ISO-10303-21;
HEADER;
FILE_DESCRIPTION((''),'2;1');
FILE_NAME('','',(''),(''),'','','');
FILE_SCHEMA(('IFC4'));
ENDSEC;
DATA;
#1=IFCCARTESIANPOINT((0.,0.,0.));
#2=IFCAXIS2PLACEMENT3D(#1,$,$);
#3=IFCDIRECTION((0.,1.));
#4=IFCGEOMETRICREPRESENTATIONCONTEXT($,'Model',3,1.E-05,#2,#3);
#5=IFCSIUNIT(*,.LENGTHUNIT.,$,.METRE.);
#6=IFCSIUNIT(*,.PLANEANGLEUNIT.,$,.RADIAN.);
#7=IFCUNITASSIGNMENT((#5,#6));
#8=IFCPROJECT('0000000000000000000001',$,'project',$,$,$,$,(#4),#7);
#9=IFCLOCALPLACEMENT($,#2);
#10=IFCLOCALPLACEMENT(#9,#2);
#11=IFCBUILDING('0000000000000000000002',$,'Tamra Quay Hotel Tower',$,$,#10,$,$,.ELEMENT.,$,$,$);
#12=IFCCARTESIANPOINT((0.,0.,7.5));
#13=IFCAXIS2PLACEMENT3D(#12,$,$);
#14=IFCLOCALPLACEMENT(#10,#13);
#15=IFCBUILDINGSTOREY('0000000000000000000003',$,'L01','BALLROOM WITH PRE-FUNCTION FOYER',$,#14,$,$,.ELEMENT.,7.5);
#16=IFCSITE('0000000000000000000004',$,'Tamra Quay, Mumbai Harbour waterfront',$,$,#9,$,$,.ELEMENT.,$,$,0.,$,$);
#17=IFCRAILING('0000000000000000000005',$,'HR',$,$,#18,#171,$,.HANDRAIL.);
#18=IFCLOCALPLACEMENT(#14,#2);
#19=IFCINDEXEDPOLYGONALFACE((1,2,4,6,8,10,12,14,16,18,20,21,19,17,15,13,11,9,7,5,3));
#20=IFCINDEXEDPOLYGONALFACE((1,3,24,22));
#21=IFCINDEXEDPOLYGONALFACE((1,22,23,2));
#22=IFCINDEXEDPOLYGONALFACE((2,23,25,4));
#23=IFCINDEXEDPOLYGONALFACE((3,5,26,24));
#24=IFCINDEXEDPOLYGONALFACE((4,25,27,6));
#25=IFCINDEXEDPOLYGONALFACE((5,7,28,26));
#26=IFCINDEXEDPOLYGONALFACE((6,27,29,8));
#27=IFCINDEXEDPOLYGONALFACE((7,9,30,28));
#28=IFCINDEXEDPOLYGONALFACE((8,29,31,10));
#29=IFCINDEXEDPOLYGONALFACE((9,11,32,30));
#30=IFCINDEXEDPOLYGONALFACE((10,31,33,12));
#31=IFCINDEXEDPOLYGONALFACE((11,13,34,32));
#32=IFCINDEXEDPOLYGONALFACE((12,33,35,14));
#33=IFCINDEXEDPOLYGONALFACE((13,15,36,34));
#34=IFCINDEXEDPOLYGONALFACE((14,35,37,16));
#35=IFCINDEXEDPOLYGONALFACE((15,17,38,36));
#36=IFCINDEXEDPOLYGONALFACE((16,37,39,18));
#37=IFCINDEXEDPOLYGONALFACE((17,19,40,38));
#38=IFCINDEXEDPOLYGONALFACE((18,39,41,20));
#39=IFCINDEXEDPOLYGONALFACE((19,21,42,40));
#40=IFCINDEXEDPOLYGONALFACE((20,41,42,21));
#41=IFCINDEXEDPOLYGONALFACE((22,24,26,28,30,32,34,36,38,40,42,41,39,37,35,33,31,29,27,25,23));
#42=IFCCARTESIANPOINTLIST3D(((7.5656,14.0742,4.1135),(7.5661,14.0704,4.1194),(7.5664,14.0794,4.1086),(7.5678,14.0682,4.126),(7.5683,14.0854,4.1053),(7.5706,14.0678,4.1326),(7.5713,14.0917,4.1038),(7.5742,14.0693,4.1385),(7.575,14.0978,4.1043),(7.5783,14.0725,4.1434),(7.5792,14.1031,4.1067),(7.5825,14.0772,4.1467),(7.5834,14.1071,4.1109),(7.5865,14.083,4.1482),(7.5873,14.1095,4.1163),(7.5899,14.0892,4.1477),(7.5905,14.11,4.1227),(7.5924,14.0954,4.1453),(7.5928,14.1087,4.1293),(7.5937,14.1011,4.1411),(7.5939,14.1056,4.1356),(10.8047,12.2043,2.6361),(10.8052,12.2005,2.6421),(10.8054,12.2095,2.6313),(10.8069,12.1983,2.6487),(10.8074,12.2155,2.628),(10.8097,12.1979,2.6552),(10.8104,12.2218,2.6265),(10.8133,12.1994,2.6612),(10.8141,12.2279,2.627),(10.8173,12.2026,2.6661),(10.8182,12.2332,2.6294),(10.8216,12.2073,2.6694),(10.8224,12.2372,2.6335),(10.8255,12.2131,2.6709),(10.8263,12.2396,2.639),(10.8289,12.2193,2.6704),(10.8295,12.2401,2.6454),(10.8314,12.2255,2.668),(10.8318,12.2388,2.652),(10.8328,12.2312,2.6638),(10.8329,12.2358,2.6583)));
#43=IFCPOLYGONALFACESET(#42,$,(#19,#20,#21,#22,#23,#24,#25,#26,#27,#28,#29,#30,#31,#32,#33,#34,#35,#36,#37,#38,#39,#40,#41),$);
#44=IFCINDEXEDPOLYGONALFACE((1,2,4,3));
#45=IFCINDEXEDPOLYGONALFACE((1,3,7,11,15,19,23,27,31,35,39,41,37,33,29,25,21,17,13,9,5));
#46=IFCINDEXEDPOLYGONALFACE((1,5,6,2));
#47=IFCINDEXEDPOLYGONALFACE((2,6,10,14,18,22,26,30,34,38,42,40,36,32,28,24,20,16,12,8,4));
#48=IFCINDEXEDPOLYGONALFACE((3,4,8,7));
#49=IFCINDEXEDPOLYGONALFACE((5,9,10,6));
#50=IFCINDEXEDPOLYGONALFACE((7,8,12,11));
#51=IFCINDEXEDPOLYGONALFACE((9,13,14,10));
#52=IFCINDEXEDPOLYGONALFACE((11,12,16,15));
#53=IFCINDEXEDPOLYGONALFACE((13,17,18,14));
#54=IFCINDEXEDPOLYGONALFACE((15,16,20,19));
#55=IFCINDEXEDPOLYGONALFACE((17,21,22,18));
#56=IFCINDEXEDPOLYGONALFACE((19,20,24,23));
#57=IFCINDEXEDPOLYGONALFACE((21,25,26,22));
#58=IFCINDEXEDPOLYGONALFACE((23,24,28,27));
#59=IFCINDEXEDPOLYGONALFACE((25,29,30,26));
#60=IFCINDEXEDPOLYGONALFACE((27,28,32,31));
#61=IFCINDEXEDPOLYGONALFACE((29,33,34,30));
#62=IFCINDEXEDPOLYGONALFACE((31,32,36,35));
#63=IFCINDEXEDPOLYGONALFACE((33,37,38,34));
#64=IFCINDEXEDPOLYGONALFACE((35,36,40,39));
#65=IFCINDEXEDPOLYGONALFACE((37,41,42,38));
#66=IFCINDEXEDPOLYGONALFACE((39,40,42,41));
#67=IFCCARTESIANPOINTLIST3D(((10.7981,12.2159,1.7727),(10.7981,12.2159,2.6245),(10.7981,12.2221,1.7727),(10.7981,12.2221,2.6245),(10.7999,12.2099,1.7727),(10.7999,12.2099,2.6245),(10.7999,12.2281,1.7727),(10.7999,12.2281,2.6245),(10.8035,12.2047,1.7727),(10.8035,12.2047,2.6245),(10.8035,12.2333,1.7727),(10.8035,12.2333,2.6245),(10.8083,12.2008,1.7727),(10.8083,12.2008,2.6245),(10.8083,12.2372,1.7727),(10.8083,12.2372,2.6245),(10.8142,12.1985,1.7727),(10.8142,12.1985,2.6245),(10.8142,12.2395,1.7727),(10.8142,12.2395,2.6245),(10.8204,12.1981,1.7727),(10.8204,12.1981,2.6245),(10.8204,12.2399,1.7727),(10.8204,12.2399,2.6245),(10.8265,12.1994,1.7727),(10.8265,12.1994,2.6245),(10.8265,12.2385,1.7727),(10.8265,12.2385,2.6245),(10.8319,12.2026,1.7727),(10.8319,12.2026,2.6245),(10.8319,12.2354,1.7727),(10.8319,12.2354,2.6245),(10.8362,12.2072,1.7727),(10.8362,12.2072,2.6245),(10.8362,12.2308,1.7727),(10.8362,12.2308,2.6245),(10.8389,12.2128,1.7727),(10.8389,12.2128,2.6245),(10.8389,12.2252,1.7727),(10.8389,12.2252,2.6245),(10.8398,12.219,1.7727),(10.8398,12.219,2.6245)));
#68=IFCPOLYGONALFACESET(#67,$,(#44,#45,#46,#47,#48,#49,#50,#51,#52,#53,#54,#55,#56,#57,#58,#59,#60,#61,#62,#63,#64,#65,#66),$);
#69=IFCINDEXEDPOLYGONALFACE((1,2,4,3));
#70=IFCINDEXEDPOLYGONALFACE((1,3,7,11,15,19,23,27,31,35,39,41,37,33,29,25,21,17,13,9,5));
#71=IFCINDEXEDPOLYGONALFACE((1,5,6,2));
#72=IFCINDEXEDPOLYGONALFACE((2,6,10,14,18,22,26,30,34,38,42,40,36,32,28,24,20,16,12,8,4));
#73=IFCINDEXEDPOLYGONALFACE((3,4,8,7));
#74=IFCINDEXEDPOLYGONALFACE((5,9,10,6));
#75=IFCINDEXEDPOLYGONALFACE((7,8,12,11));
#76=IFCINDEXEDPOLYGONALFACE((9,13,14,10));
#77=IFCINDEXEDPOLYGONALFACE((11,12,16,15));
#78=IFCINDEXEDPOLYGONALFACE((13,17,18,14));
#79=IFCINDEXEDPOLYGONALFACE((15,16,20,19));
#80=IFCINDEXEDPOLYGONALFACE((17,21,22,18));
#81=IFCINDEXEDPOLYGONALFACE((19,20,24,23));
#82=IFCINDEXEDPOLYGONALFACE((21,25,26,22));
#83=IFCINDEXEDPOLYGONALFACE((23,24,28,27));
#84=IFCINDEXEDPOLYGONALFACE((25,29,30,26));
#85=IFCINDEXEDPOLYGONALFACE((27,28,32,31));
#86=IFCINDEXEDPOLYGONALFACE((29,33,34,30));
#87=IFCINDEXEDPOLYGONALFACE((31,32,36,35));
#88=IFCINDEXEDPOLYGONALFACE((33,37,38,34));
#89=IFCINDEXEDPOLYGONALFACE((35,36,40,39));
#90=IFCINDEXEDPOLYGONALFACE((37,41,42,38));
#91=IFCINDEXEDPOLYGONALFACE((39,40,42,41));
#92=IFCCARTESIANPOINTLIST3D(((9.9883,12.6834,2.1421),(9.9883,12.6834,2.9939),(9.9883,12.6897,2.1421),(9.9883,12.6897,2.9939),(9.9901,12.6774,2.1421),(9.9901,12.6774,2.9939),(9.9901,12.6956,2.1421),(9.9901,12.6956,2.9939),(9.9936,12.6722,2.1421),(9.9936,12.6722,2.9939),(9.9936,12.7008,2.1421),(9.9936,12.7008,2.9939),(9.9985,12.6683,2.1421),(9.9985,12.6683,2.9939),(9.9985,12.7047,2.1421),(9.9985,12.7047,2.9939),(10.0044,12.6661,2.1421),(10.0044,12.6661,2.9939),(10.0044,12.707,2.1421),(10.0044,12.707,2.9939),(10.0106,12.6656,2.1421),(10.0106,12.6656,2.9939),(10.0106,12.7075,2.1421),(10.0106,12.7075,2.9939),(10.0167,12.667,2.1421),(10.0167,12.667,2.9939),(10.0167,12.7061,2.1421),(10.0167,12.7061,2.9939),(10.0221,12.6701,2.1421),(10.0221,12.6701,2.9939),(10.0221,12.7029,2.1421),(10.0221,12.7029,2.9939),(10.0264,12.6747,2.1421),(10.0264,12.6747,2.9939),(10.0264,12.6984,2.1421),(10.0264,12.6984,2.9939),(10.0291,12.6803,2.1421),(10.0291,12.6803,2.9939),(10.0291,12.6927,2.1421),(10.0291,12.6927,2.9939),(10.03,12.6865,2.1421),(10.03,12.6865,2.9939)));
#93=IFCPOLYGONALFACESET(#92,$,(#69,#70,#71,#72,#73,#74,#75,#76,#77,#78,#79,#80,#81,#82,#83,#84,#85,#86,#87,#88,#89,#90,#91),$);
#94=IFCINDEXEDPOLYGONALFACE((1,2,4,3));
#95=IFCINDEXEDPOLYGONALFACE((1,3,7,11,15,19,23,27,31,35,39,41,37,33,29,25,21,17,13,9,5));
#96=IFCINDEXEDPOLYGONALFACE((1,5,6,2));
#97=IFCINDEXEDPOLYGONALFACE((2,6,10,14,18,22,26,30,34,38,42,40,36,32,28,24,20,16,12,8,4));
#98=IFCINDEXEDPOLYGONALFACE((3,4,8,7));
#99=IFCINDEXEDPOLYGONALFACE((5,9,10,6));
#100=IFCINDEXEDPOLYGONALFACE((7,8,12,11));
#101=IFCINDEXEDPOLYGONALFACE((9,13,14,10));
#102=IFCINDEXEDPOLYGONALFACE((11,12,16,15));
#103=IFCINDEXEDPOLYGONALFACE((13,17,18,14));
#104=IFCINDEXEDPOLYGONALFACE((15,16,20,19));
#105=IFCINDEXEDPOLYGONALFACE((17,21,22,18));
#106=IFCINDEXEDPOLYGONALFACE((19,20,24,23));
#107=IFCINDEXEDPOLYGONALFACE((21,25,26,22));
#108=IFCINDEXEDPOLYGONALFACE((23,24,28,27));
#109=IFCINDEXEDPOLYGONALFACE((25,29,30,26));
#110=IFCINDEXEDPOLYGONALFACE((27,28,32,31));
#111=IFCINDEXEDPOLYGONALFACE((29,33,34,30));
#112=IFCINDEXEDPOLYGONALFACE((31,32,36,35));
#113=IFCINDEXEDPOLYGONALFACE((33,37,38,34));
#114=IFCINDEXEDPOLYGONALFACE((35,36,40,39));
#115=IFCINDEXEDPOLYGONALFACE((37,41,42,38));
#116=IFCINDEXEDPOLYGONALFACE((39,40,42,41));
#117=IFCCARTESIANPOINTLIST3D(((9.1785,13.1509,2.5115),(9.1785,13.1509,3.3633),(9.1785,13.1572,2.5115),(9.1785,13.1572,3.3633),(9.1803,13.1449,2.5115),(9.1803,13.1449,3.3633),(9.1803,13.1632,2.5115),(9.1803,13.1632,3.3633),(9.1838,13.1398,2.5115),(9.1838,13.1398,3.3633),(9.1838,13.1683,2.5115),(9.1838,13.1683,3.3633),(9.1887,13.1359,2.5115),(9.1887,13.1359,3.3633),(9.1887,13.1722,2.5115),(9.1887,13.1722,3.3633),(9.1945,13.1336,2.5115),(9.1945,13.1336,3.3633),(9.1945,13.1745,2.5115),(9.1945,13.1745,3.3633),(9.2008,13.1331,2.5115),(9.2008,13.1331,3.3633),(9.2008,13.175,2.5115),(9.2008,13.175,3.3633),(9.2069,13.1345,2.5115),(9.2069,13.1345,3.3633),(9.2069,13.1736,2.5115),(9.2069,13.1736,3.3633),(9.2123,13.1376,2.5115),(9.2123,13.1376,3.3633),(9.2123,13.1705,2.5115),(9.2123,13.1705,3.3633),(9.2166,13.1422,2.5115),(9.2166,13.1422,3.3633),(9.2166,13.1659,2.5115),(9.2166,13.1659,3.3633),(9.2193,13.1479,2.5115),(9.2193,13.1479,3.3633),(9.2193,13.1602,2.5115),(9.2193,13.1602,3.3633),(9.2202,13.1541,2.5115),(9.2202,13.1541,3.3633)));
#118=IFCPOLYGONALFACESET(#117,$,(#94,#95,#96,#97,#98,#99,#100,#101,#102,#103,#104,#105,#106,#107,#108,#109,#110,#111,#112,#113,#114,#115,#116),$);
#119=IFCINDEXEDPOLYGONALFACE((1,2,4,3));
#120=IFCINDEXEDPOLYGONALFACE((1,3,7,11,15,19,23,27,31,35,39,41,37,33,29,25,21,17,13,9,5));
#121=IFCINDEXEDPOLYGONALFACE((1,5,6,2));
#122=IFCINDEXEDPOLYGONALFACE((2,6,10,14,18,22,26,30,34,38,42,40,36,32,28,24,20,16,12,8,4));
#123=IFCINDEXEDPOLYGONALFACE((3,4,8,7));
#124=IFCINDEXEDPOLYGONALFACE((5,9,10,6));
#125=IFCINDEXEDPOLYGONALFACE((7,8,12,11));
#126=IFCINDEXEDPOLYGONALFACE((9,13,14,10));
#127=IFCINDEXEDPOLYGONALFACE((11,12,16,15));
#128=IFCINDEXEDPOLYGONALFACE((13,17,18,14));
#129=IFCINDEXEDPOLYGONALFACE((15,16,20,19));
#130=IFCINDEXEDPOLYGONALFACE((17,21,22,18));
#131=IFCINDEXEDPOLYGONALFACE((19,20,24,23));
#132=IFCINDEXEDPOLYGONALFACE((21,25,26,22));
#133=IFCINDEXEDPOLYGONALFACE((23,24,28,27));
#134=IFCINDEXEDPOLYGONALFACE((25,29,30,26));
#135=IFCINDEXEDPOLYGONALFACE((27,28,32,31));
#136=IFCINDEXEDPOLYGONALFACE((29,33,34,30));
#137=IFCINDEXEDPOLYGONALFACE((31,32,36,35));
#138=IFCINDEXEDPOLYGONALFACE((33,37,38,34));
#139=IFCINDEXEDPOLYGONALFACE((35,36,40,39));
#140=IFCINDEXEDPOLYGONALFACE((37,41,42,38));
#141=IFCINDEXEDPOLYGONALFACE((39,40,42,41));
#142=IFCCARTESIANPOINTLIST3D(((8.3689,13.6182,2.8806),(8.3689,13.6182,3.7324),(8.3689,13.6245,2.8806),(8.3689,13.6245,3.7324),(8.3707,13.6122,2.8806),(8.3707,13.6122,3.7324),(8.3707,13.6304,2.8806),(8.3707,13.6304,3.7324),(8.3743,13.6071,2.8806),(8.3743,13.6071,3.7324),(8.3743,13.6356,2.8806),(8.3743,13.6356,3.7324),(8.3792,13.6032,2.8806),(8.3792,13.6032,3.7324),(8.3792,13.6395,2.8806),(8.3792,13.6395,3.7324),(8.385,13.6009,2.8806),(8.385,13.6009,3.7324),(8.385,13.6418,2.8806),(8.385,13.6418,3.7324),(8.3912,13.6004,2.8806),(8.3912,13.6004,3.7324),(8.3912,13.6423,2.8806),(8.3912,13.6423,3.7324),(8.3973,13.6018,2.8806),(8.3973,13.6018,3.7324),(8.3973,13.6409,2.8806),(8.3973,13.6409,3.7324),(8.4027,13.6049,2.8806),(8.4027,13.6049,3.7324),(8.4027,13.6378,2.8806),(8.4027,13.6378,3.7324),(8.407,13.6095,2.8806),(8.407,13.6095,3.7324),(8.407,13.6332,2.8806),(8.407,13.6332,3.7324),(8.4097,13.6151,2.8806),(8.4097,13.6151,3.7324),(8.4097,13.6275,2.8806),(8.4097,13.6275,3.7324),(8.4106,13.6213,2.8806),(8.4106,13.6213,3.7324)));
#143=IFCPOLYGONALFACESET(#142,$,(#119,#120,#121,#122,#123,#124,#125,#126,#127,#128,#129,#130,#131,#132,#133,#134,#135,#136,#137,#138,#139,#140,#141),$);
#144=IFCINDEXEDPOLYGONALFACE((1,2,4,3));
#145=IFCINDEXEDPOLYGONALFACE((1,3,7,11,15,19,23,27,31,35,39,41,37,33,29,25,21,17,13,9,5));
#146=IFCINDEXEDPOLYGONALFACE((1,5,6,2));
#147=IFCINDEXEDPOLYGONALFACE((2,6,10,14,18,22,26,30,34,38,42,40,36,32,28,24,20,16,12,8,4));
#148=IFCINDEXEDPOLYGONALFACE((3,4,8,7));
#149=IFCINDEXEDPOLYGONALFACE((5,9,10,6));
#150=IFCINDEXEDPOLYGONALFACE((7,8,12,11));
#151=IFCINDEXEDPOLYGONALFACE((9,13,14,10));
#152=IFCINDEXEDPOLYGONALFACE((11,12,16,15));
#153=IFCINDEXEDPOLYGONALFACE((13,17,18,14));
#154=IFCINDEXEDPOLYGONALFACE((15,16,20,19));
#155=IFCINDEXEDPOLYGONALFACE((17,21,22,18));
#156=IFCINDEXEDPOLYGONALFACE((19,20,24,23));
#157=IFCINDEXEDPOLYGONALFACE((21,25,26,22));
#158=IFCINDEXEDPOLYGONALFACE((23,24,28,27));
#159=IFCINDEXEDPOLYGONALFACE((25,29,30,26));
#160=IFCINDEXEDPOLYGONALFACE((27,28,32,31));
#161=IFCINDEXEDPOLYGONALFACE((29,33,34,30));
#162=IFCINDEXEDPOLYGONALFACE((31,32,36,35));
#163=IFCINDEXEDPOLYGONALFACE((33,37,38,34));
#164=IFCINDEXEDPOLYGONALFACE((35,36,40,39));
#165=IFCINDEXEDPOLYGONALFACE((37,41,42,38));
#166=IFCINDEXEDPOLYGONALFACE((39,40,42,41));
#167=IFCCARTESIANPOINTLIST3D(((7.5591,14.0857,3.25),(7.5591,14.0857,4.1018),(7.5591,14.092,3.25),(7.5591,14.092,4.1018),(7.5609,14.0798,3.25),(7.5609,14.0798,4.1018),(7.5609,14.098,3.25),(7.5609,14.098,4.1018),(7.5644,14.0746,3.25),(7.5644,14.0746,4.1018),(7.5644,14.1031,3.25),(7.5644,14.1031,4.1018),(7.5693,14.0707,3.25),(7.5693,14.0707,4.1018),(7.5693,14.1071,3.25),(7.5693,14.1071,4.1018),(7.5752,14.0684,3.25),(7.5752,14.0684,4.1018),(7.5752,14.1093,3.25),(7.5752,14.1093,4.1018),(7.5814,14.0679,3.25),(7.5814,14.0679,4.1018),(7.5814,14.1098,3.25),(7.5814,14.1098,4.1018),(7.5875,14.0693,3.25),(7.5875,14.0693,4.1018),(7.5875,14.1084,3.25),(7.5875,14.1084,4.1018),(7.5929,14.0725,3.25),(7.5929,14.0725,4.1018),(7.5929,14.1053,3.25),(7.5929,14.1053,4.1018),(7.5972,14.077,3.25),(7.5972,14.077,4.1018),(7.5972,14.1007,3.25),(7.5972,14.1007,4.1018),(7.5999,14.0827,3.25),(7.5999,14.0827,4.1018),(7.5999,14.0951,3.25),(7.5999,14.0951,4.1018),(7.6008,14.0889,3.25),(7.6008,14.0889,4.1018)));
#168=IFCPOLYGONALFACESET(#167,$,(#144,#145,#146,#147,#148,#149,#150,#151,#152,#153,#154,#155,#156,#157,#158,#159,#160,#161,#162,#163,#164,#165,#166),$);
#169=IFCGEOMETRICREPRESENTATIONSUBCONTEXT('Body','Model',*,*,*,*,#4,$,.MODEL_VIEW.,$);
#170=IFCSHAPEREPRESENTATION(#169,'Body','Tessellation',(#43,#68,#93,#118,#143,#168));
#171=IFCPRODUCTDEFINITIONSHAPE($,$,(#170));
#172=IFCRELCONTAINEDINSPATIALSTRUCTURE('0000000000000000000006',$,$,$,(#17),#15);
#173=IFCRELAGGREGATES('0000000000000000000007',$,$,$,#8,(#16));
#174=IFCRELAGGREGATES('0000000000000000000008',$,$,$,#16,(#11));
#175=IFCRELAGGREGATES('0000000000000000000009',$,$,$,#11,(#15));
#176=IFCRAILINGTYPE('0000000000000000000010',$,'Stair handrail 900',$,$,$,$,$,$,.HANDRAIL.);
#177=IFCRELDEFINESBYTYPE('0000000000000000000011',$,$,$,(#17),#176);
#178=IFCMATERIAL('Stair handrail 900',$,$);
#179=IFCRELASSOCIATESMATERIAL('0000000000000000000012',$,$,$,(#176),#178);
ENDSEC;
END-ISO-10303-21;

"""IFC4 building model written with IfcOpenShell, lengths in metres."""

from ifc_helpers import new_model, si_unit, direction, frame, origin, origin_2d, place, context, subcontext, project, spatial, circle, extrude, material, type_object, element, save


model = new_model("IFC4")

# Units and contexts
model_context = context("Model", 3, precision=1e-05, world=origin(), true_north=direction((0.0, 1.0)))
body_context = subcontext(model_context, "Body", "Model", "MODEL_VIEW")
ifc_project = project(units=[si_unit("LENGTHUNIT", "METRE"), si_unit("PLANEANGLEUNIT", "RADIAN")], contexts=[model_context])

# Site, building, storey
site_placement = place(None, origin())
site = spatial("IfcSite", under=ifc_project, at=site_placement, Name="Tamra Quay, Mumbai Harbour waterfront", CompositionType="ELEMENT", RefElevation=0.0)
building_placement = place(site_placement, origin())
building = spatial("IfcBuilding", under=site, at=building_placement, Name="Tamra Quay Hotel Tower", CompositionType="ELEMENT")
storey_placement = place(building_placement, frame((0.0, 0.0, 7.5)))
storey = spatial("IfcBuildingStorey", under=building, at=storey_placement, Name="L01", Description="BALLROOM WITH PRE-FUNCTION FOYER", CompositionType="ELEMENT", Elevation=7.5)

# Railing
ifc_material_1 = material(Name="Stair handrail 900")
railing_type = type_object("IfcRailingType", Name="Stair handrail 900", PredefinedType="HANDRAIL", material=ifc_material_1)
for number, where, name in (
    (1, (10.8188, 12.219, 1.7727), "HR"),
):
    element("IfcRailing", number, at=place(storey_placement, frame(where)), inside=storey, type_object=railing_type, Name=name, PredefinedType="HANDRAIL", context=body_context, shape_type="SweptSolid", body=[
        extrude(circle(Radius=0.0239, at=origin_2d()), frame((0.0, 0.0, 0.876), z_axis=(-0.805485, 0.465004, 0.367377), x_axis=(-0.499965, -0.866045, 0.0)), (0.0, 0.0, 1.0), 4.0212),
        extrude(circle(Radius=0.021, at=origin_2d()), origin(), (0.0, 0.0, 1.0), 0.8518),
        extrude(circle(Radius=0.021, at=origin_2d()), frame((-0.8098, 0.4675, 0.3694)), (0.0, 0.0, 1.0), 0.8518),
        extrude(circle(Radius=0.021, at=origin_2d()), frame((-1.6196, 0.9351, 0.7388)), (0.0, 0.0, 1.0), 0.8518),
        extrude(circle(Radius=0.021, at=origin_2d()), frame((-2.4292, 1.4023, 1.1079)), (0.0, 0.0, 1.0), 0.8518),
        extrude(circle(Radius=0.021, at=origin_2d()), frame((-3.239, 1.8699, 1.4773)), (0.0, 0.0, 1.0), 0.8518),
    ])

save(model, "model.ifc")
